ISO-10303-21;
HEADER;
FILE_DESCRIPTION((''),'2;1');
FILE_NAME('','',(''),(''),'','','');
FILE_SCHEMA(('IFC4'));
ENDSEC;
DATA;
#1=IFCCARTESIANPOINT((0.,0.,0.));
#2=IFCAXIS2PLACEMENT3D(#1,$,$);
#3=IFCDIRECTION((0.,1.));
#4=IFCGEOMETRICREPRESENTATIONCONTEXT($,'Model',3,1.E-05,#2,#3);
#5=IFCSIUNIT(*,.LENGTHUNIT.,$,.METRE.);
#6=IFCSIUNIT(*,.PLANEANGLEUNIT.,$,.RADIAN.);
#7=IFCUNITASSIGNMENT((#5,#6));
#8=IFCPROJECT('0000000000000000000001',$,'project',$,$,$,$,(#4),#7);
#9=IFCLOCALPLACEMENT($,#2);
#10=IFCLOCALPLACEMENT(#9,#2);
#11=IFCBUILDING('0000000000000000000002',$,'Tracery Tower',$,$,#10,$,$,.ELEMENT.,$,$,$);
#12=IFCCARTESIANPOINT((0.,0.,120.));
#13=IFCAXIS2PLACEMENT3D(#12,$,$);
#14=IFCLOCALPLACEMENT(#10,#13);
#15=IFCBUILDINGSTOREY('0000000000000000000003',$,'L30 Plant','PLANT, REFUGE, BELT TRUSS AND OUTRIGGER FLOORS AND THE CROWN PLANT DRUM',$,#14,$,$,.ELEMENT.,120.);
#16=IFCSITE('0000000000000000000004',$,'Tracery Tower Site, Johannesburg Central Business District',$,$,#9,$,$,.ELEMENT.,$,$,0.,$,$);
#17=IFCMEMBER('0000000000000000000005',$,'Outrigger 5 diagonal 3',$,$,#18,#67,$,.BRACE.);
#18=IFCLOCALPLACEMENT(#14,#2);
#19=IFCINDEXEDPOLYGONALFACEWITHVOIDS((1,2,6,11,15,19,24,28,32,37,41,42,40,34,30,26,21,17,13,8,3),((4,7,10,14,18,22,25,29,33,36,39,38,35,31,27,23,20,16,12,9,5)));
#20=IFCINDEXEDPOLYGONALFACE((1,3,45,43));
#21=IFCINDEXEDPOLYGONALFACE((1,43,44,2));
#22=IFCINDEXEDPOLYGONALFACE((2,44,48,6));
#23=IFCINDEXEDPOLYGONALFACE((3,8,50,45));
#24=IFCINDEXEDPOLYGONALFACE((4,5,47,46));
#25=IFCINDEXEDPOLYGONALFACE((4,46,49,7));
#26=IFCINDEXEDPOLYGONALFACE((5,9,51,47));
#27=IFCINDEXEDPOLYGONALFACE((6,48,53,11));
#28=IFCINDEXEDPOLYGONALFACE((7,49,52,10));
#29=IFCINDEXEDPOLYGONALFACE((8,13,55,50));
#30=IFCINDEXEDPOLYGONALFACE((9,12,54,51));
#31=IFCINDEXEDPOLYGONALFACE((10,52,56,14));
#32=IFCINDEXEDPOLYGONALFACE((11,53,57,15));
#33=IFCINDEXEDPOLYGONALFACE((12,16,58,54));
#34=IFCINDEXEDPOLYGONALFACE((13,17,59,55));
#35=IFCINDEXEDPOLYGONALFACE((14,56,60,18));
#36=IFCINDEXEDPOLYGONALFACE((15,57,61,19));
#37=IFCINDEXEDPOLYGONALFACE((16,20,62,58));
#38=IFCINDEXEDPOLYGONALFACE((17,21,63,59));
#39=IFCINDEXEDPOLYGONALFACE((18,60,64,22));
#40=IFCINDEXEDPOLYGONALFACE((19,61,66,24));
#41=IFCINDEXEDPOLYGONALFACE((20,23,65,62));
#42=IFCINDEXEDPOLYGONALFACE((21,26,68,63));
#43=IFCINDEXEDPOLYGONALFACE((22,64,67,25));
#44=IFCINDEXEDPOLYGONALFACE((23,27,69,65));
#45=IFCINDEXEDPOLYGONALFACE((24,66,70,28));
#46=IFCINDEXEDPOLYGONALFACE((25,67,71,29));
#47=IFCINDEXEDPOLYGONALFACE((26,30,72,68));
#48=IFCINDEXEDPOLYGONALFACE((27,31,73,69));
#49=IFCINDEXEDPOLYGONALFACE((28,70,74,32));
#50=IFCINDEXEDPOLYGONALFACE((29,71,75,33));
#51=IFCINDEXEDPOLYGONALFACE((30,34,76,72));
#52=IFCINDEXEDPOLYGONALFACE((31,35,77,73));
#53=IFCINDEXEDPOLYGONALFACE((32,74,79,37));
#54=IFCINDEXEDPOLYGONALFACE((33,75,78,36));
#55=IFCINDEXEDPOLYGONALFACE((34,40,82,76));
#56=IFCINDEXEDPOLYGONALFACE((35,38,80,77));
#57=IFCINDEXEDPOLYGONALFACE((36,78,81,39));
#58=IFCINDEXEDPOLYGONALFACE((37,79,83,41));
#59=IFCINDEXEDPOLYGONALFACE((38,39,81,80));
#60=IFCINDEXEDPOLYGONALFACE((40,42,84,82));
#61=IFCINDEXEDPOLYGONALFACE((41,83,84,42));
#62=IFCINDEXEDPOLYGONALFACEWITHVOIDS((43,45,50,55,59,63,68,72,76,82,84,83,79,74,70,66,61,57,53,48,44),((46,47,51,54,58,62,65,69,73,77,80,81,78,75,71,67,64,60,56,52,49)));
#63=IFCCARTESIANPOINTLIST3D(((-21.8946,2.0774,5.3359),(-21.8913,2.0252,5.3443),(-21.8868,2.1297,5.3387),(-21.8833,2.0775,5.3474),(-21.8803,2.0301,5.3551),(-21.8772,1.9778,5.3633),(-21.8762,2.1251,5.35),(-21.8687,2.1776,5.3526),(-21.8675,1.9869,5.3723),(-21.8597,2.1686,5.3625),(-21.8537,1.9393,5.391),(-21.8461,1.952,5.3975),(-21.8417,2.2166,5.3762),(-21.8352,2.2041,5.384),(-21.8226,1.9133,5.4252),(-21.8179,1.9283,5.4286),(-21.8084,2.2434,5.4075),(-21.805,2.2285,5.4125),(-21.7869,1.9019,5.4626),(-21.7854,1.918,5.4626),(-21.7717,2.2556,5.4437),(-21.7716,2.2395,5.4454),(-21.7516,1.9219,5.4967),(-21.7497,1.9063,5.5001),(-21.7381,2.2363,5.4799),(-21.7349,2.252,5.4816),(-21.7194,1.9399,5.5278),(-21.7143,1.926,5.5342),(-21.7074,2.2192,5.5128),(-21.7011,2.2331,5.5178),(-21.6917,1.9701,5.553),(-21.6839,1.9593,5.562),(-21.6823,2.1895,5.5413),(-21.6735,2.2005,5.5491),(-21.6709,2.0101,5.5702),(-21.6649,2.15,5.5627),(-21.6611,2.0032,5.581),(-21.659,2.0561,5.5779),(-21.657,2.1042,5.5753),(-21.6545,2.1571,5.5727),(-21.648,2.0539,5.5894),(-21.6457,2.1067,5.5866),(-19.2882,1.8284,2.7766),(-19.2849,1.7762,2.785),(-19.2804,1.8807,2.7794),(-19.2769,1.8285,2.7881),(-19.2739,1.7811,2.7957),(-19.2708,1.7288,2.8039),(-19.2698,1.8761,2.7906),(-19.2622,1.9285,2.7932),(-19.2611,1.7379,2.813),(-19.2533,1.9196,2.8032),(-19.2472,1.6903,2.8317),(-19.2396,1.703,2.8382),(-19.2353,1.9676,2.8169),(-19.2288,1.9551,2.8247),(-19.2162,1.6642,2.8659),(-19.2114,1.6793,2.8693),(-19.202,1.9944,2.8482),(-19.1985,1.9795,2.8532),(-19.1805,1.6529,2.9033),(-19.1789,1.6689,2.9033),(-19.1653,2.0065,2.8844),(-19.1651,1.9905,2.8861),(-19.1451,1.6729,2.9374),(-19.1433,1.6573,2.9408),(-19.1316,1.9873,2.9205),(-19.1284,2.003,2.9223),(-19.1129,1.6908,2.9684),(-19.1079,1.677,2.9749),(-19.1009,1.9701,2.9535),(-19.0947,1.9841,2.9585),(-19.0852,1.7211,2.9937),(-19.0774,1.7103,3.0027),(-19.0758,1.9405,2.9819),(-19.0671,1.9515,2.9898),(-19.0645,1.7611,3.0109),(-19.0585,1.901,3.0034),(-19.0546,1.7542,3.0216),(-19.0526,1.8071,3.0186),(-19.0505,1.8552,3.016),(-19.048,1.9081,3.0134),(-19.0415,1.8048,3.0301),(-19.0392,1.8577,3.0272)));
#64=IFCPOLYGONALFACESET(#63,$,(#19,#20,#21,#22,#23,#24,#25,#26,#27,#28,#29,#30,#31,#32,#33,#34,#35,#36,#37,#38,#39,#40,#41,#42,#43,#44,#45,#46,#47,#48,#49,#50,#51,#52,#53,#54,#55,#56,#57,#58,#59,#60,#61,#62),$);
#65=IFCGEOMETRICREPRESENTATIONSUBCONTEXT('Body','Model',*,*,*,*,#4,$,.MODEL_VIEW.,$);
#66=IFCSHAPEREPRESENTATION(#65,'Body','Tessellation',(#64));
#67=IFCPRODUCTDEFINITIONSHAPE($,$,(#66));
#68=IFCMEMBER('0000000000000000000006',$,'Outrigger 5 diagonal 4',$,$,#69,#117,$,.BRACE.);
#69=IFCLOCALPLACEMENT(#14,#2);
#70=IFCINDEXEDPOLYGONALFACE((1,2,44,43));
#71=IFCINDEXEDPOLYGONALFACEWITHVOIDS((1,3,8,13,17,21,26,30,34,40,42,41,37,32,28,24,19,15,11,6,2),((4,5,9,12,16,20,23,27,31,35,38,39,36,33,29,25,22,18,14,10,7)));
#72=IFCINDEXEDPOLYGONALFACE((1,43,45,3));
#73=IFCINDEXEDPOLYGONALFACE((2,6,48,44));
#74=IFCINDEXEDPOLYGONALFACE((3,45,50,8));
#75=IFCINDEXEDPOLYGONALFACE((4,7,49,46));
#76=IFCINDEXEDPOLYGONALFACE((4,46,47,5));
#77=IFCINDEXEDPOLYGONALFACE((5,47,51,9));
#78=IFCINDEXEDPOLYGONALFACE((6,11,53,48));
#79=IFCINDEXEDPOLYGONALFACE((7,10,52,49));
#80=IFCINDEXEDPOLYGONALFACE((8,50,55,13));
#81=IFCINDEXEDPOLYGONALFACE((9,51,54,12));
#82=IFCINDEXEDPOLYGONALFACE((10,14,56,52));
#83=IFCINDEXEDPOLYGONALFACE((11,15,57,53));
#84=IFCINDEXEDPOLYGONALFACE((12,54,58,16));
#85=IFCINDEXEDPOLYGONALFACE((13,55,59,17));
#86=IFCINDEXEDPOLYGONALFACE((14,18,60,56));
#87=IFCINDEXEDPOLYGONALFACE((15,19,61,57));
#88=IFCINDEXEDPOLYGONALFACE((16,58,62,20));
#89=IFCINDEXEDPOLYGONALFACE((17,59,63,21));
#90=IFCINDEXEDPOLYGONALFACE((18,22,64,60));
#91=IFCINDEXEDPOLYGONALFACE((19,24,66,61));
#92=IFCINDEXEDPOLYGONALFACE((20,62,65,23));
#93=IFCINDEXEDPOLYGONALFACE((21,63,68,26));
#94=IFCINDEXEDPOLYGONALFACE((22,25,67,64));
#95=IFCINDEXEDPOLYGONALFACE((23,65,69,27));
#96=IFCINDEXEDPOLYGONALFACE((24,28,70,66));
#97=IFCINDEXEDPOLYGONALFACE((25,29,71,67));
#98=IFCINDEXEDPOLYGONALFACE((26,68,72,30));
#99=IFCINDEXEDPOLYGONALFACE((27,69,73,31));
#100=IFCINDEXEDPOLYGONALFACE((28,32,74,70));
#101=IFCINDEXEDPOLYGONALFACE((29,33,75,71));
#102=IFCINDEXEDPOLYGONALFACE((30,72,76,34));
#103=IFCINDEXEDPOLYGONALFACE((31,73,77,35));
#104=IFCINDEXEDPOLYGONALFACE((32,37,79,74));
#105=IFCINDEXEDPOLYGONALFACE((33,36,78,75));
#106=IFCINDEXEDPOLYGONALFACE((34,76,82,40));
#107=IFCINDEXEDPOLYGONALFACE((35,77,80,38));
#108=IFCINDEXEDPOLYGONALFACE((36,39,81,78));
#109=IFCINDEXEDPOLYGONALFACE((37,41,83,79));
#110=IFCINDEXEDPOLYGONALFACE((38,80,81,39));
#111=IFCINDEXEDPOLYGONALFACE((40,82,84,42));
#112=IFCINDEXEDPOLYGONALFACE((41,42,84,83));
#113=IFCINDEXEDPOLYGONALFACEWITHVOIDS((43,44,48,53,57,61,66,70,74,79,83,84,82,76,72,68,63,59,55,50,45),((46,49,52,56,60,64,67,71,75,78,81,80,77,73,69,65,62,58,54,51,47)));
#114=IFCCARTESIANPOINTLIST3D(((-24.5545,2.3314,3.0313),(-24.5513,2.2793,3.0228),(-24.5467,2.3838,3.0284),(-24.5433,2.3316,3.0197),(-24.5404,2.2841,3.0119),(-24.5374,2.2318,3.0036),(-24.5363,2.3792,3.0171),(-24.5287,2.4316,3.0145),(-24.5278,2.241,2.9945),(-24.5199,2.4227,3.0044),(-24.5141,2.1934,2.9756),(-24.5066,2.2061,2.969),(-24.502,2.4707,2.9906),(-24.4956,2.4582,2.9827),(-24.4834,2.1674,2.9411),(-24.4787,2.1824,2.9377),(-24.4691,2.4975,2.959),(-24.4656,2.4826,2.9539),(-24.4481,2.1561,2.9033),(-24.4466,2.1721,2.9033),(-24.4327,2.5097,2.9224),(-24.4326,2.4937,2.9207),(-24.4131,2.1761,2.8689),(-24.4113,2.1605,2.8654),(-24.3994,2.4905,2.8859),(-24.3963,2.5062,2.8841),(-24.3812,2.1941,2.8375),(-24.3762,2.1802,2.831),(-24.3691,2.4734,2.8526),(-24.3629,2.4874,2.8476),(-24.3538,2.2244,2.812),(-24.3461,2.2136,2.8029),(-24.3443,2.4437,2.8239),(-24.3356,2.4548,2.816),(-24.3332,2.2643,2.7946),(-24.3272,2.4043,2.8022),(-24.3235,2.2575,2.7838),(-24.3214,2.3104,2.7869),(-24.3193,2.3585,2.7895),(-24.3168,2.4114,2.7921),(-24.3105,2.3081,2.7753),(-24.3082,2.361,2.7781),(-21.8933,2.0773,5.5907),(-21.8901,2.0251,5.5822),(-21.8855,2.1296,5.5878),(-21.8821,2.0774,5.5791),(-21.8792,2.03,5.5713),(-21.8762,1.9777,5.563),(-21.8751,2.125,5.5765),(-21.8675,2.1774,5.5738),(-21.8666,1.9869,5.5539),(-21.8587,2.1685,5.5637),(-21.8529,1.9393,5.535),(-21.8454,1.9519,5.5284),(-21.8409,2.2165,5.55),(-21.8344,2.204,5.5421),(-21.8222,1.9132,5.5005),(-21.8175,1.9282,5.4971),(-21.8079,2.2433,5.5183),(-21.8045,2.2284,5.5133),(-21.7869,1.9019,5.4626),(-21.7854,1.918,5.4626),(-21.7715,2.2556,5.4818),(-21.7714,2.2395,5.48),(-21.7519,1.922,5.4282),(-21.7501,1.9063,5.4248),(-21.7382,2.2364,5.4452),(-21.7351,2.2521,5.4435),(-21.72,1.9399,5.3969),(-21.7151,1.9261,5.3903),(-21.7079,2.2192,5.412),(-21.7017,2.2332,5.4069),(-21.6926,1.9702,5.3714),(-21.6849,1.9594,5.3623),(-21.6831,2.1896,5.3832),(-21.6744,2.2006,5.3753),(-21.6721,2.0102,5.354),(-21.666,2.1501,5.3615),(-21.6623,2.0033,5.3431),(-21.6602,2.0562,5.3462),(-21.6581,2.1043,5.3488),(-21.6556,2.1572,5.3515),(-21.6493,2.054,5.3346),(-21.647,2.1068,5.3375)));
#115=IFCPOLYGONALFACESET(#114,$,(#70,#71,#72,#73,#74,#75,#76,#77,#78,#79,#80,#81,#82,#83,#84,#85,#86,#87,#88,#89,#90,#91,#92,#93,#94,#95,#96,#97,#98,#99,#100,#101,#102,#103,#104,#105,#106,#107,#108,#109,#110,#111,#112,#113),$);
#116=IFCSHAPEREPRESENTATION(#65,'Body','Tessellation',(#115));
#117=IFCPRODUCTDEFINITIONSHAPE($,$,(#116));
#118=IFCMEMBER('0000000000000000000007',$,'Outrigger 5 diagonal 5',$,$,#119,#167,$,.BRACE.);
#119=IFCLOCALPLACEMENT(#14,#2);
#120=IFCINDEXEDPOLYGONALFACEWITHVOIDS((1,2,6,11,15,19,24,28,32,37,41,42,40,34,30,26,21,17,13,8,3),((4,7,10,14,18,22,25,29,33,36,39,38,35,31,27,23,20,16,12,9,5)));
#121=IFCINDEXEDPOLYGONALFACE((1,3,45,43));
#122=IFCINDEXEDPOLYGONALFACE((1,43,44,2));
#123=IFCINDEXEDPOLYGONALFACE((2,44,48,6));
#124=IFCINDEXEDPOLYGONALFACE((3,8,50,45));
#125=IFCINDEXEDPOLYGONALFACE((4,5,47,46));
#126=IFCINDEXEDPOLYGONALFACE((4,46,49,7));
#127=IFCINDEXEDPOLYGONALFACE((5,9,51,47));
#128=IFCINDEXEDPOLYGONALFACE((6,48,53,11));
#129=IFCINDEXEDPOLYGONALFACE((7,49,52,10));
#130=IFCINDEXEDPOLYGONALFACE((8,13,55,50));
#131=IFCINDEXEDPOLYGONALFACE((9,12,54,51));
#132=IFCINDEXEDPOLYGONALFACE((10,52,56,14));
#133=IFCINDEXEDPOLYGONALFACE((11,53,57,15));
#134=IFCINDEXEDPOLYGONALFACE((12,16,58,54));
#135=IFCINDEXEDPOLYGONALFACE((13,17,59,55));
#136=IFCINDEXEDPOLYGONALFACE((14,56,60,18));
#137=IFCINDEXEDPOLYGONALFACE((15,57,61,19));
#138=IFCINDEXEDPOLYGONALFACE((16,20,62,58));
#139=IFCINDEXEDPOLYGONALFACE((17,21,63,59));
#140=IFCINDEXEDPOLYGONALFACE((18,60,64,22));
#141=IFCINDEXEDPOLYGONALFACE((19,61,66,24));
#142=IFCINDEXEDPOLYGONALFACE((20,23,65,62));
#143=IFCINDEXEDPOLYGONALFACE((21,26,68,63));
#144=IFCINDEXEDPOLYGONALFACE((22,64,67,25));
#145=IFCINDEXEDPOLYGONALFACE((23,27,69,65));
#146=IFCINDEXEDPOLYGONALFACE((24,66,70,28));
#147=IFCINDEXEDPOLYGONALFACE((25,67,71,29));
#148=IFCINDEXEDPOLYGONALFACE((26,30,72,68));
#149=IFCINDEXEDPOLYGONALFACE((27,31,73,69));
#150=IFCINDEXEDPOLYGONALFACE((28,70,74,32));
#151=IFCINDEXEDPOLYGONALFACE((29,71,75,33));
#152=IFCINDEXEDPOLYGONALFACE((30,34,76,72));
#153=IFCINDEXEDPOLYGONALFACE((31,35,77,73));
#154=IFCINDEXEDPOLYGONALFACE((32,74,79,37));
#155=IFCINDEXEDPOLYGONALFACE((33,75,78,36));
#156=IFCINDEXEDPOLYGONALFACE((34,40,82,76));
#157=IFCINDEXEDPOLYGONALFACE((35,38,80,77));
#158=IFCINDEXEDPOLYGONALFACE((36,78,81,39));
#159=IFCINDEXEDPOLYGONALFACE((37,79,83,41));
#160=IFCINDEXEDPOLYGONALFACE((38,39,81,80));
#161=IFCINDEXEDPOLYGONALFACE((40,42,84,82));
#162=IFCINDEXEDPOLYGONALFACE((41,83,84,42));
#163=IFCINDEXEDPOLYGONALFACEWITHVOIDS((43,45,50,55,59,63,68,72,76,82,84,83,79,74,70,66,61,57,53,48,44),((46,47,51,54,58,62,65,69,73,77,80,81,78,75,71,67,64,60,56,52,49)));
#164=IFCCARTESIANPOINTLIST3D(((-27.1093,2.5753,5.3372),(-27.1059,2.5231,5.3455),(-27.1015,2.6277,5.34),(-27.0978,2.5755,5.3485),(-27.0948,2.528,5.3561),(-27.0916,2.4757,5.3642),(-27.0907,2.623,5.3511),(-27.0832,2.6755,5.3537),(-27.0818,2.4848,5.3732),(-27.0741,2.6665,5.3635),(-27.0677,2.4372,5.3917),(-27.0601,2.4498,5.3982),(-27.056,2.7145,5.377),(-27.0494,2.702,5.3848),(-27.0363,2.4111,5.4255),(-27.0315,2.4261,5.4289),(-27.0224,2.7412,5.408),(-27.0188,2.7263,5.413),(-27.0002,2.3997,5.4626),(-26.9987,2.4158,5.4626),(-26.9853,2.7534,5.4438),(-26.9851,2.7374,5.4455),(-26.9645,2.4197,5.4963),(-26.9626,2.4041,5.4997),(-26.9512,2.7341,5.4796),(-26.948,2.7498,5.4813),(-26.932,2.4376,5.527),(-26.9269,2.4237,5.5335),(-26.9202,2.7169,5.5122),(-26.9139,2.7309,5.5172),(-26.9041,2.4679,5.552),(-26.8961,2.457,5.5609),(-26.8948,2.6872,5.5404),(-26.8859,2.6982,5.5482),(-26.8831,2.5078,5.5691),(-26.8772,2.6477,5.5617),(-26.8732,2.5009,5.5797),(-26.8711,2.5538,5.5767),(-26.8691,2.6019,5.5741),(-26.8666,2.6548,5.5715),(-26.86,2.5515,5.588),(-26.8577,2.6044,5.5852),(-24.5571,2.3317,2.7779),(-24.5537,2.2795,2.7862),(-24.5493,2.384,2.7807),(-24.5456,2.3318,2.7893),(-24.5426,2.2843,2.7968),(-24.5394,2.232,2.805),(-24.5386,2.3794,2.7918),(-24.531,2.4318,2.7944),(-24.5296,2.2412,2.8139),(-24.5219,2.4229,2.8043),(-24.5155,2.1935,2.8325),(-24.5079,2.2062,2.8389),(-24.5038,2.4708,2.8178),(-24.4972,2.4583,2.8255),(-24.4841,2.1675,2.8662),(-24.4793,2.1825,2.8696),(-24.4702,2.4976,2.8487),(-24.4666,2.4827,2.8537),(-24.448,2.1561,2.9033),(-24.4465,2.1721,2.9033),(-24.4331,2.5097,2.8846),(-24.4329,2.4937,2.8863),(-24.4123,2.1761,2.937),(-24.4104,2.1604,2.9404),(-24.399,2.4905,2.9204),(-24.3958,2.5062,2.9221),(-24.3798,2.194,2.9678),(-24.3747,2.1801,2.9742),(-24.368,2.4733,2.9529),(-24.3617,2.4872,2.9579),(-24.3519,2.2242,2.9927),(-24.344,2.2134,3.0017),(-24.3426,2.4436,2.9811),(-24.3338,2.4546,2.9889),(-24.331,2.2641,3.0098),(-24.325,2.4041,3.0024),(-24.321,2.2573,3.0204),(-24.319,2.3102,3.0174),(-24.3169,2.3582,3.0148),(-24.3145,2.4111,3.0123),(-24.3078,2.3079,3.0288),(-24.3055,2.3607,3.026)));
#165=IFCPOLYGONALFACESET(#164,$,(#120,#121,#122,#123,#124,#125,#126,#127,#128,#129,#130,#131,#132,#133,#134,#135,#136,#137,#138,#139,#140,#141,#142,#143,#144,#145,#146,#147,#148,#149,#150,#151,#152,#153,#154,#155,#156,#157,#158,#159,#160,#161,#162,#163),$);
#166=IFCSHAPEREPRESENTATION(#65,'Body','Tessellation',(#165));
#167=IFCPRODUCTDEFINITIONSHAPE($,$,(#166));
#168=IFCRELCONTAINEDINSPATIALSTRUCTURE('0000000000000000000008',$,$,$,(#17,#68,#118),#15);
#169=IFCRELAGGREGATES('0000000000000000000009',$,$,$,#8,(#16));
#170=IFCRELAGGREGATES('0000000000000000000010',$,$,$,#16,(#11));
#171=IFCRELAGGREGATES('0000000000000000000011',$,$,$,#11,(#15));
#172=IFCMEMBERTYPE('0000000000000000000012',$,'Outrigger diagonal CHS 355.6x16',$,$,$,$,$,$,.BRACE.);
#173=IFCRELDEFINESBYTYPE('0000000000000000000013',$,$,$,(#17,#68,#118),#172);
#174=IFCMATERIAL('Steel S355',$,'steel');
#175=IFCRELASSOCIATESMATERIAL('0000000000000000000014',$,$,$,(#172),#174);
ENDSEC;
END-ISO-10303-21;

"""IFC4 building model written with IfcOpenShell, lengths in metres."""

from ifc_helpers import new_model, si_unit, direction, frame, origin, origin_2d, place, context, subcontext, project, spatial, hollow_circle, extrude, material, material_profile, profile_set, type_object, element, save


model = new_model("IFC4")

# Units and contexts
model_context = context("Model", 3, precision=1e-05, world=origin(), true_north=direction((0.0, 1.0)))
body_context = subcontext(model_context, "Body", "Model", "MODEL_VIEW")
ifc_project = project(units=[si_unit("LENGTHUNIT", "METRE"), si_unit("PLANEANGLEUNIT", "RADIAN")], contexts=[model_context])

# Site, building, storey
site_placement = place(None, origin())
site = spatial("IfcSite", under=ifc_project, at=site_placement, Name="Tracery Tower Site, Johannesburg Central Business District", CompositionType="ELEMENT", RefElevation=0.0)
building_placement = place(site_placement, origin())
building = spatial("IfcBuilding", under=site, at=building_placement, Name="Tracery Tower", CompositionType="ELEMENT")
storey_placement = place(building_placement, frame((0.0, 0.0, 120.0)))
storey = spatial("IfcBuildingStorey", under=building, at=storey_placement, Name="L30 Plant", Description="PLANT, REFUGE, BELT TRUSS AND OUTRIGGER FLOORS AND THE CROWN PLANT DRUM", CompositionType="ELEMENT", Elevation=120.0)

# Members
ifc_material_1 = material(Name="Steel S355", Category="steel")
ifc_material_profile_1 = material_profile(ifc_material_1, hollow_circle(Radius=0.1777, WallThickness=0.0161, at=origin_2d()), Name="CHS 355.6x16")
ifc_profile_set_1 = profile_set([ifc_material_profile_1], Name="Steel S355")
member_type_1 = type_object("IfcMemberType", Name="Outrigger diagonal CHS 355.6x16", PredefinedType="BRACE", material=ifc_profile_set_1)
member_1_placement = place(storey_placement, frame((-19.1636, 1.8298, 2.9033), z_axis=(-0.711875, 0.068014, 0.699005), x_axis=(-0.095108, -0.995467, 0.0)))
element("IfcMember", 1, at=member_1_placement, inside=storey, type_object=member_type_1, Name="Outrigger 5 diagonal 3", PredefinedType="BRACE", context=body_context, shape_type="SweptSolid", body=[
    extrude(hollow_circle(Radius=0.1777, WallThickness=0.0161, at=origin_2d()), origin(), (0.0, 0.0, 1.0), 3.6614),
])
member_2_placement = place(storey_placement, frame((-21.77, 2.0789, 5.4626), z_axis=(-0.719058, 0.068673, -0.691549), x_axis=(-0.095072, -0.99547, 0.0)))
element("IfcMember", 2, at=member_2_placement, inside=storey, type_object=member_type_1, Name="Outrigger 5 diagonal 4", PredefinedType="BRACE", context=body_context, shape_type="SweptSolid", body=[
    extrude(hollow_circle(Radius=0.1777, WallThickness=0.0161, at=origin_2d()), origin(), (0.0, 0.0, 1.0), 3.7009),
])
member_3_placement = place(storey_placement, frame((-24.4312, 2.333, 2.9033), z_axis=(-0.704528, 0.067258, 0.706482), x_axis=(-0.095034, -0.995474, 0.0)))
element("IfcMember", 3, at=member_3_placement, inside=storey, type_object=member_type_1, Name="Outrigger 5 diagonal 5", PredefinedType="BRACE", context=body_context, shape_type="SweptSolid", body=[
    extrude(hollow_circle(Radius=0.1777, WallThickness=0.0161, at=origin_2d()), origin(), (0.0, 0.0, 1.0), 3.6226),
])

save(model, "model.ifc")
